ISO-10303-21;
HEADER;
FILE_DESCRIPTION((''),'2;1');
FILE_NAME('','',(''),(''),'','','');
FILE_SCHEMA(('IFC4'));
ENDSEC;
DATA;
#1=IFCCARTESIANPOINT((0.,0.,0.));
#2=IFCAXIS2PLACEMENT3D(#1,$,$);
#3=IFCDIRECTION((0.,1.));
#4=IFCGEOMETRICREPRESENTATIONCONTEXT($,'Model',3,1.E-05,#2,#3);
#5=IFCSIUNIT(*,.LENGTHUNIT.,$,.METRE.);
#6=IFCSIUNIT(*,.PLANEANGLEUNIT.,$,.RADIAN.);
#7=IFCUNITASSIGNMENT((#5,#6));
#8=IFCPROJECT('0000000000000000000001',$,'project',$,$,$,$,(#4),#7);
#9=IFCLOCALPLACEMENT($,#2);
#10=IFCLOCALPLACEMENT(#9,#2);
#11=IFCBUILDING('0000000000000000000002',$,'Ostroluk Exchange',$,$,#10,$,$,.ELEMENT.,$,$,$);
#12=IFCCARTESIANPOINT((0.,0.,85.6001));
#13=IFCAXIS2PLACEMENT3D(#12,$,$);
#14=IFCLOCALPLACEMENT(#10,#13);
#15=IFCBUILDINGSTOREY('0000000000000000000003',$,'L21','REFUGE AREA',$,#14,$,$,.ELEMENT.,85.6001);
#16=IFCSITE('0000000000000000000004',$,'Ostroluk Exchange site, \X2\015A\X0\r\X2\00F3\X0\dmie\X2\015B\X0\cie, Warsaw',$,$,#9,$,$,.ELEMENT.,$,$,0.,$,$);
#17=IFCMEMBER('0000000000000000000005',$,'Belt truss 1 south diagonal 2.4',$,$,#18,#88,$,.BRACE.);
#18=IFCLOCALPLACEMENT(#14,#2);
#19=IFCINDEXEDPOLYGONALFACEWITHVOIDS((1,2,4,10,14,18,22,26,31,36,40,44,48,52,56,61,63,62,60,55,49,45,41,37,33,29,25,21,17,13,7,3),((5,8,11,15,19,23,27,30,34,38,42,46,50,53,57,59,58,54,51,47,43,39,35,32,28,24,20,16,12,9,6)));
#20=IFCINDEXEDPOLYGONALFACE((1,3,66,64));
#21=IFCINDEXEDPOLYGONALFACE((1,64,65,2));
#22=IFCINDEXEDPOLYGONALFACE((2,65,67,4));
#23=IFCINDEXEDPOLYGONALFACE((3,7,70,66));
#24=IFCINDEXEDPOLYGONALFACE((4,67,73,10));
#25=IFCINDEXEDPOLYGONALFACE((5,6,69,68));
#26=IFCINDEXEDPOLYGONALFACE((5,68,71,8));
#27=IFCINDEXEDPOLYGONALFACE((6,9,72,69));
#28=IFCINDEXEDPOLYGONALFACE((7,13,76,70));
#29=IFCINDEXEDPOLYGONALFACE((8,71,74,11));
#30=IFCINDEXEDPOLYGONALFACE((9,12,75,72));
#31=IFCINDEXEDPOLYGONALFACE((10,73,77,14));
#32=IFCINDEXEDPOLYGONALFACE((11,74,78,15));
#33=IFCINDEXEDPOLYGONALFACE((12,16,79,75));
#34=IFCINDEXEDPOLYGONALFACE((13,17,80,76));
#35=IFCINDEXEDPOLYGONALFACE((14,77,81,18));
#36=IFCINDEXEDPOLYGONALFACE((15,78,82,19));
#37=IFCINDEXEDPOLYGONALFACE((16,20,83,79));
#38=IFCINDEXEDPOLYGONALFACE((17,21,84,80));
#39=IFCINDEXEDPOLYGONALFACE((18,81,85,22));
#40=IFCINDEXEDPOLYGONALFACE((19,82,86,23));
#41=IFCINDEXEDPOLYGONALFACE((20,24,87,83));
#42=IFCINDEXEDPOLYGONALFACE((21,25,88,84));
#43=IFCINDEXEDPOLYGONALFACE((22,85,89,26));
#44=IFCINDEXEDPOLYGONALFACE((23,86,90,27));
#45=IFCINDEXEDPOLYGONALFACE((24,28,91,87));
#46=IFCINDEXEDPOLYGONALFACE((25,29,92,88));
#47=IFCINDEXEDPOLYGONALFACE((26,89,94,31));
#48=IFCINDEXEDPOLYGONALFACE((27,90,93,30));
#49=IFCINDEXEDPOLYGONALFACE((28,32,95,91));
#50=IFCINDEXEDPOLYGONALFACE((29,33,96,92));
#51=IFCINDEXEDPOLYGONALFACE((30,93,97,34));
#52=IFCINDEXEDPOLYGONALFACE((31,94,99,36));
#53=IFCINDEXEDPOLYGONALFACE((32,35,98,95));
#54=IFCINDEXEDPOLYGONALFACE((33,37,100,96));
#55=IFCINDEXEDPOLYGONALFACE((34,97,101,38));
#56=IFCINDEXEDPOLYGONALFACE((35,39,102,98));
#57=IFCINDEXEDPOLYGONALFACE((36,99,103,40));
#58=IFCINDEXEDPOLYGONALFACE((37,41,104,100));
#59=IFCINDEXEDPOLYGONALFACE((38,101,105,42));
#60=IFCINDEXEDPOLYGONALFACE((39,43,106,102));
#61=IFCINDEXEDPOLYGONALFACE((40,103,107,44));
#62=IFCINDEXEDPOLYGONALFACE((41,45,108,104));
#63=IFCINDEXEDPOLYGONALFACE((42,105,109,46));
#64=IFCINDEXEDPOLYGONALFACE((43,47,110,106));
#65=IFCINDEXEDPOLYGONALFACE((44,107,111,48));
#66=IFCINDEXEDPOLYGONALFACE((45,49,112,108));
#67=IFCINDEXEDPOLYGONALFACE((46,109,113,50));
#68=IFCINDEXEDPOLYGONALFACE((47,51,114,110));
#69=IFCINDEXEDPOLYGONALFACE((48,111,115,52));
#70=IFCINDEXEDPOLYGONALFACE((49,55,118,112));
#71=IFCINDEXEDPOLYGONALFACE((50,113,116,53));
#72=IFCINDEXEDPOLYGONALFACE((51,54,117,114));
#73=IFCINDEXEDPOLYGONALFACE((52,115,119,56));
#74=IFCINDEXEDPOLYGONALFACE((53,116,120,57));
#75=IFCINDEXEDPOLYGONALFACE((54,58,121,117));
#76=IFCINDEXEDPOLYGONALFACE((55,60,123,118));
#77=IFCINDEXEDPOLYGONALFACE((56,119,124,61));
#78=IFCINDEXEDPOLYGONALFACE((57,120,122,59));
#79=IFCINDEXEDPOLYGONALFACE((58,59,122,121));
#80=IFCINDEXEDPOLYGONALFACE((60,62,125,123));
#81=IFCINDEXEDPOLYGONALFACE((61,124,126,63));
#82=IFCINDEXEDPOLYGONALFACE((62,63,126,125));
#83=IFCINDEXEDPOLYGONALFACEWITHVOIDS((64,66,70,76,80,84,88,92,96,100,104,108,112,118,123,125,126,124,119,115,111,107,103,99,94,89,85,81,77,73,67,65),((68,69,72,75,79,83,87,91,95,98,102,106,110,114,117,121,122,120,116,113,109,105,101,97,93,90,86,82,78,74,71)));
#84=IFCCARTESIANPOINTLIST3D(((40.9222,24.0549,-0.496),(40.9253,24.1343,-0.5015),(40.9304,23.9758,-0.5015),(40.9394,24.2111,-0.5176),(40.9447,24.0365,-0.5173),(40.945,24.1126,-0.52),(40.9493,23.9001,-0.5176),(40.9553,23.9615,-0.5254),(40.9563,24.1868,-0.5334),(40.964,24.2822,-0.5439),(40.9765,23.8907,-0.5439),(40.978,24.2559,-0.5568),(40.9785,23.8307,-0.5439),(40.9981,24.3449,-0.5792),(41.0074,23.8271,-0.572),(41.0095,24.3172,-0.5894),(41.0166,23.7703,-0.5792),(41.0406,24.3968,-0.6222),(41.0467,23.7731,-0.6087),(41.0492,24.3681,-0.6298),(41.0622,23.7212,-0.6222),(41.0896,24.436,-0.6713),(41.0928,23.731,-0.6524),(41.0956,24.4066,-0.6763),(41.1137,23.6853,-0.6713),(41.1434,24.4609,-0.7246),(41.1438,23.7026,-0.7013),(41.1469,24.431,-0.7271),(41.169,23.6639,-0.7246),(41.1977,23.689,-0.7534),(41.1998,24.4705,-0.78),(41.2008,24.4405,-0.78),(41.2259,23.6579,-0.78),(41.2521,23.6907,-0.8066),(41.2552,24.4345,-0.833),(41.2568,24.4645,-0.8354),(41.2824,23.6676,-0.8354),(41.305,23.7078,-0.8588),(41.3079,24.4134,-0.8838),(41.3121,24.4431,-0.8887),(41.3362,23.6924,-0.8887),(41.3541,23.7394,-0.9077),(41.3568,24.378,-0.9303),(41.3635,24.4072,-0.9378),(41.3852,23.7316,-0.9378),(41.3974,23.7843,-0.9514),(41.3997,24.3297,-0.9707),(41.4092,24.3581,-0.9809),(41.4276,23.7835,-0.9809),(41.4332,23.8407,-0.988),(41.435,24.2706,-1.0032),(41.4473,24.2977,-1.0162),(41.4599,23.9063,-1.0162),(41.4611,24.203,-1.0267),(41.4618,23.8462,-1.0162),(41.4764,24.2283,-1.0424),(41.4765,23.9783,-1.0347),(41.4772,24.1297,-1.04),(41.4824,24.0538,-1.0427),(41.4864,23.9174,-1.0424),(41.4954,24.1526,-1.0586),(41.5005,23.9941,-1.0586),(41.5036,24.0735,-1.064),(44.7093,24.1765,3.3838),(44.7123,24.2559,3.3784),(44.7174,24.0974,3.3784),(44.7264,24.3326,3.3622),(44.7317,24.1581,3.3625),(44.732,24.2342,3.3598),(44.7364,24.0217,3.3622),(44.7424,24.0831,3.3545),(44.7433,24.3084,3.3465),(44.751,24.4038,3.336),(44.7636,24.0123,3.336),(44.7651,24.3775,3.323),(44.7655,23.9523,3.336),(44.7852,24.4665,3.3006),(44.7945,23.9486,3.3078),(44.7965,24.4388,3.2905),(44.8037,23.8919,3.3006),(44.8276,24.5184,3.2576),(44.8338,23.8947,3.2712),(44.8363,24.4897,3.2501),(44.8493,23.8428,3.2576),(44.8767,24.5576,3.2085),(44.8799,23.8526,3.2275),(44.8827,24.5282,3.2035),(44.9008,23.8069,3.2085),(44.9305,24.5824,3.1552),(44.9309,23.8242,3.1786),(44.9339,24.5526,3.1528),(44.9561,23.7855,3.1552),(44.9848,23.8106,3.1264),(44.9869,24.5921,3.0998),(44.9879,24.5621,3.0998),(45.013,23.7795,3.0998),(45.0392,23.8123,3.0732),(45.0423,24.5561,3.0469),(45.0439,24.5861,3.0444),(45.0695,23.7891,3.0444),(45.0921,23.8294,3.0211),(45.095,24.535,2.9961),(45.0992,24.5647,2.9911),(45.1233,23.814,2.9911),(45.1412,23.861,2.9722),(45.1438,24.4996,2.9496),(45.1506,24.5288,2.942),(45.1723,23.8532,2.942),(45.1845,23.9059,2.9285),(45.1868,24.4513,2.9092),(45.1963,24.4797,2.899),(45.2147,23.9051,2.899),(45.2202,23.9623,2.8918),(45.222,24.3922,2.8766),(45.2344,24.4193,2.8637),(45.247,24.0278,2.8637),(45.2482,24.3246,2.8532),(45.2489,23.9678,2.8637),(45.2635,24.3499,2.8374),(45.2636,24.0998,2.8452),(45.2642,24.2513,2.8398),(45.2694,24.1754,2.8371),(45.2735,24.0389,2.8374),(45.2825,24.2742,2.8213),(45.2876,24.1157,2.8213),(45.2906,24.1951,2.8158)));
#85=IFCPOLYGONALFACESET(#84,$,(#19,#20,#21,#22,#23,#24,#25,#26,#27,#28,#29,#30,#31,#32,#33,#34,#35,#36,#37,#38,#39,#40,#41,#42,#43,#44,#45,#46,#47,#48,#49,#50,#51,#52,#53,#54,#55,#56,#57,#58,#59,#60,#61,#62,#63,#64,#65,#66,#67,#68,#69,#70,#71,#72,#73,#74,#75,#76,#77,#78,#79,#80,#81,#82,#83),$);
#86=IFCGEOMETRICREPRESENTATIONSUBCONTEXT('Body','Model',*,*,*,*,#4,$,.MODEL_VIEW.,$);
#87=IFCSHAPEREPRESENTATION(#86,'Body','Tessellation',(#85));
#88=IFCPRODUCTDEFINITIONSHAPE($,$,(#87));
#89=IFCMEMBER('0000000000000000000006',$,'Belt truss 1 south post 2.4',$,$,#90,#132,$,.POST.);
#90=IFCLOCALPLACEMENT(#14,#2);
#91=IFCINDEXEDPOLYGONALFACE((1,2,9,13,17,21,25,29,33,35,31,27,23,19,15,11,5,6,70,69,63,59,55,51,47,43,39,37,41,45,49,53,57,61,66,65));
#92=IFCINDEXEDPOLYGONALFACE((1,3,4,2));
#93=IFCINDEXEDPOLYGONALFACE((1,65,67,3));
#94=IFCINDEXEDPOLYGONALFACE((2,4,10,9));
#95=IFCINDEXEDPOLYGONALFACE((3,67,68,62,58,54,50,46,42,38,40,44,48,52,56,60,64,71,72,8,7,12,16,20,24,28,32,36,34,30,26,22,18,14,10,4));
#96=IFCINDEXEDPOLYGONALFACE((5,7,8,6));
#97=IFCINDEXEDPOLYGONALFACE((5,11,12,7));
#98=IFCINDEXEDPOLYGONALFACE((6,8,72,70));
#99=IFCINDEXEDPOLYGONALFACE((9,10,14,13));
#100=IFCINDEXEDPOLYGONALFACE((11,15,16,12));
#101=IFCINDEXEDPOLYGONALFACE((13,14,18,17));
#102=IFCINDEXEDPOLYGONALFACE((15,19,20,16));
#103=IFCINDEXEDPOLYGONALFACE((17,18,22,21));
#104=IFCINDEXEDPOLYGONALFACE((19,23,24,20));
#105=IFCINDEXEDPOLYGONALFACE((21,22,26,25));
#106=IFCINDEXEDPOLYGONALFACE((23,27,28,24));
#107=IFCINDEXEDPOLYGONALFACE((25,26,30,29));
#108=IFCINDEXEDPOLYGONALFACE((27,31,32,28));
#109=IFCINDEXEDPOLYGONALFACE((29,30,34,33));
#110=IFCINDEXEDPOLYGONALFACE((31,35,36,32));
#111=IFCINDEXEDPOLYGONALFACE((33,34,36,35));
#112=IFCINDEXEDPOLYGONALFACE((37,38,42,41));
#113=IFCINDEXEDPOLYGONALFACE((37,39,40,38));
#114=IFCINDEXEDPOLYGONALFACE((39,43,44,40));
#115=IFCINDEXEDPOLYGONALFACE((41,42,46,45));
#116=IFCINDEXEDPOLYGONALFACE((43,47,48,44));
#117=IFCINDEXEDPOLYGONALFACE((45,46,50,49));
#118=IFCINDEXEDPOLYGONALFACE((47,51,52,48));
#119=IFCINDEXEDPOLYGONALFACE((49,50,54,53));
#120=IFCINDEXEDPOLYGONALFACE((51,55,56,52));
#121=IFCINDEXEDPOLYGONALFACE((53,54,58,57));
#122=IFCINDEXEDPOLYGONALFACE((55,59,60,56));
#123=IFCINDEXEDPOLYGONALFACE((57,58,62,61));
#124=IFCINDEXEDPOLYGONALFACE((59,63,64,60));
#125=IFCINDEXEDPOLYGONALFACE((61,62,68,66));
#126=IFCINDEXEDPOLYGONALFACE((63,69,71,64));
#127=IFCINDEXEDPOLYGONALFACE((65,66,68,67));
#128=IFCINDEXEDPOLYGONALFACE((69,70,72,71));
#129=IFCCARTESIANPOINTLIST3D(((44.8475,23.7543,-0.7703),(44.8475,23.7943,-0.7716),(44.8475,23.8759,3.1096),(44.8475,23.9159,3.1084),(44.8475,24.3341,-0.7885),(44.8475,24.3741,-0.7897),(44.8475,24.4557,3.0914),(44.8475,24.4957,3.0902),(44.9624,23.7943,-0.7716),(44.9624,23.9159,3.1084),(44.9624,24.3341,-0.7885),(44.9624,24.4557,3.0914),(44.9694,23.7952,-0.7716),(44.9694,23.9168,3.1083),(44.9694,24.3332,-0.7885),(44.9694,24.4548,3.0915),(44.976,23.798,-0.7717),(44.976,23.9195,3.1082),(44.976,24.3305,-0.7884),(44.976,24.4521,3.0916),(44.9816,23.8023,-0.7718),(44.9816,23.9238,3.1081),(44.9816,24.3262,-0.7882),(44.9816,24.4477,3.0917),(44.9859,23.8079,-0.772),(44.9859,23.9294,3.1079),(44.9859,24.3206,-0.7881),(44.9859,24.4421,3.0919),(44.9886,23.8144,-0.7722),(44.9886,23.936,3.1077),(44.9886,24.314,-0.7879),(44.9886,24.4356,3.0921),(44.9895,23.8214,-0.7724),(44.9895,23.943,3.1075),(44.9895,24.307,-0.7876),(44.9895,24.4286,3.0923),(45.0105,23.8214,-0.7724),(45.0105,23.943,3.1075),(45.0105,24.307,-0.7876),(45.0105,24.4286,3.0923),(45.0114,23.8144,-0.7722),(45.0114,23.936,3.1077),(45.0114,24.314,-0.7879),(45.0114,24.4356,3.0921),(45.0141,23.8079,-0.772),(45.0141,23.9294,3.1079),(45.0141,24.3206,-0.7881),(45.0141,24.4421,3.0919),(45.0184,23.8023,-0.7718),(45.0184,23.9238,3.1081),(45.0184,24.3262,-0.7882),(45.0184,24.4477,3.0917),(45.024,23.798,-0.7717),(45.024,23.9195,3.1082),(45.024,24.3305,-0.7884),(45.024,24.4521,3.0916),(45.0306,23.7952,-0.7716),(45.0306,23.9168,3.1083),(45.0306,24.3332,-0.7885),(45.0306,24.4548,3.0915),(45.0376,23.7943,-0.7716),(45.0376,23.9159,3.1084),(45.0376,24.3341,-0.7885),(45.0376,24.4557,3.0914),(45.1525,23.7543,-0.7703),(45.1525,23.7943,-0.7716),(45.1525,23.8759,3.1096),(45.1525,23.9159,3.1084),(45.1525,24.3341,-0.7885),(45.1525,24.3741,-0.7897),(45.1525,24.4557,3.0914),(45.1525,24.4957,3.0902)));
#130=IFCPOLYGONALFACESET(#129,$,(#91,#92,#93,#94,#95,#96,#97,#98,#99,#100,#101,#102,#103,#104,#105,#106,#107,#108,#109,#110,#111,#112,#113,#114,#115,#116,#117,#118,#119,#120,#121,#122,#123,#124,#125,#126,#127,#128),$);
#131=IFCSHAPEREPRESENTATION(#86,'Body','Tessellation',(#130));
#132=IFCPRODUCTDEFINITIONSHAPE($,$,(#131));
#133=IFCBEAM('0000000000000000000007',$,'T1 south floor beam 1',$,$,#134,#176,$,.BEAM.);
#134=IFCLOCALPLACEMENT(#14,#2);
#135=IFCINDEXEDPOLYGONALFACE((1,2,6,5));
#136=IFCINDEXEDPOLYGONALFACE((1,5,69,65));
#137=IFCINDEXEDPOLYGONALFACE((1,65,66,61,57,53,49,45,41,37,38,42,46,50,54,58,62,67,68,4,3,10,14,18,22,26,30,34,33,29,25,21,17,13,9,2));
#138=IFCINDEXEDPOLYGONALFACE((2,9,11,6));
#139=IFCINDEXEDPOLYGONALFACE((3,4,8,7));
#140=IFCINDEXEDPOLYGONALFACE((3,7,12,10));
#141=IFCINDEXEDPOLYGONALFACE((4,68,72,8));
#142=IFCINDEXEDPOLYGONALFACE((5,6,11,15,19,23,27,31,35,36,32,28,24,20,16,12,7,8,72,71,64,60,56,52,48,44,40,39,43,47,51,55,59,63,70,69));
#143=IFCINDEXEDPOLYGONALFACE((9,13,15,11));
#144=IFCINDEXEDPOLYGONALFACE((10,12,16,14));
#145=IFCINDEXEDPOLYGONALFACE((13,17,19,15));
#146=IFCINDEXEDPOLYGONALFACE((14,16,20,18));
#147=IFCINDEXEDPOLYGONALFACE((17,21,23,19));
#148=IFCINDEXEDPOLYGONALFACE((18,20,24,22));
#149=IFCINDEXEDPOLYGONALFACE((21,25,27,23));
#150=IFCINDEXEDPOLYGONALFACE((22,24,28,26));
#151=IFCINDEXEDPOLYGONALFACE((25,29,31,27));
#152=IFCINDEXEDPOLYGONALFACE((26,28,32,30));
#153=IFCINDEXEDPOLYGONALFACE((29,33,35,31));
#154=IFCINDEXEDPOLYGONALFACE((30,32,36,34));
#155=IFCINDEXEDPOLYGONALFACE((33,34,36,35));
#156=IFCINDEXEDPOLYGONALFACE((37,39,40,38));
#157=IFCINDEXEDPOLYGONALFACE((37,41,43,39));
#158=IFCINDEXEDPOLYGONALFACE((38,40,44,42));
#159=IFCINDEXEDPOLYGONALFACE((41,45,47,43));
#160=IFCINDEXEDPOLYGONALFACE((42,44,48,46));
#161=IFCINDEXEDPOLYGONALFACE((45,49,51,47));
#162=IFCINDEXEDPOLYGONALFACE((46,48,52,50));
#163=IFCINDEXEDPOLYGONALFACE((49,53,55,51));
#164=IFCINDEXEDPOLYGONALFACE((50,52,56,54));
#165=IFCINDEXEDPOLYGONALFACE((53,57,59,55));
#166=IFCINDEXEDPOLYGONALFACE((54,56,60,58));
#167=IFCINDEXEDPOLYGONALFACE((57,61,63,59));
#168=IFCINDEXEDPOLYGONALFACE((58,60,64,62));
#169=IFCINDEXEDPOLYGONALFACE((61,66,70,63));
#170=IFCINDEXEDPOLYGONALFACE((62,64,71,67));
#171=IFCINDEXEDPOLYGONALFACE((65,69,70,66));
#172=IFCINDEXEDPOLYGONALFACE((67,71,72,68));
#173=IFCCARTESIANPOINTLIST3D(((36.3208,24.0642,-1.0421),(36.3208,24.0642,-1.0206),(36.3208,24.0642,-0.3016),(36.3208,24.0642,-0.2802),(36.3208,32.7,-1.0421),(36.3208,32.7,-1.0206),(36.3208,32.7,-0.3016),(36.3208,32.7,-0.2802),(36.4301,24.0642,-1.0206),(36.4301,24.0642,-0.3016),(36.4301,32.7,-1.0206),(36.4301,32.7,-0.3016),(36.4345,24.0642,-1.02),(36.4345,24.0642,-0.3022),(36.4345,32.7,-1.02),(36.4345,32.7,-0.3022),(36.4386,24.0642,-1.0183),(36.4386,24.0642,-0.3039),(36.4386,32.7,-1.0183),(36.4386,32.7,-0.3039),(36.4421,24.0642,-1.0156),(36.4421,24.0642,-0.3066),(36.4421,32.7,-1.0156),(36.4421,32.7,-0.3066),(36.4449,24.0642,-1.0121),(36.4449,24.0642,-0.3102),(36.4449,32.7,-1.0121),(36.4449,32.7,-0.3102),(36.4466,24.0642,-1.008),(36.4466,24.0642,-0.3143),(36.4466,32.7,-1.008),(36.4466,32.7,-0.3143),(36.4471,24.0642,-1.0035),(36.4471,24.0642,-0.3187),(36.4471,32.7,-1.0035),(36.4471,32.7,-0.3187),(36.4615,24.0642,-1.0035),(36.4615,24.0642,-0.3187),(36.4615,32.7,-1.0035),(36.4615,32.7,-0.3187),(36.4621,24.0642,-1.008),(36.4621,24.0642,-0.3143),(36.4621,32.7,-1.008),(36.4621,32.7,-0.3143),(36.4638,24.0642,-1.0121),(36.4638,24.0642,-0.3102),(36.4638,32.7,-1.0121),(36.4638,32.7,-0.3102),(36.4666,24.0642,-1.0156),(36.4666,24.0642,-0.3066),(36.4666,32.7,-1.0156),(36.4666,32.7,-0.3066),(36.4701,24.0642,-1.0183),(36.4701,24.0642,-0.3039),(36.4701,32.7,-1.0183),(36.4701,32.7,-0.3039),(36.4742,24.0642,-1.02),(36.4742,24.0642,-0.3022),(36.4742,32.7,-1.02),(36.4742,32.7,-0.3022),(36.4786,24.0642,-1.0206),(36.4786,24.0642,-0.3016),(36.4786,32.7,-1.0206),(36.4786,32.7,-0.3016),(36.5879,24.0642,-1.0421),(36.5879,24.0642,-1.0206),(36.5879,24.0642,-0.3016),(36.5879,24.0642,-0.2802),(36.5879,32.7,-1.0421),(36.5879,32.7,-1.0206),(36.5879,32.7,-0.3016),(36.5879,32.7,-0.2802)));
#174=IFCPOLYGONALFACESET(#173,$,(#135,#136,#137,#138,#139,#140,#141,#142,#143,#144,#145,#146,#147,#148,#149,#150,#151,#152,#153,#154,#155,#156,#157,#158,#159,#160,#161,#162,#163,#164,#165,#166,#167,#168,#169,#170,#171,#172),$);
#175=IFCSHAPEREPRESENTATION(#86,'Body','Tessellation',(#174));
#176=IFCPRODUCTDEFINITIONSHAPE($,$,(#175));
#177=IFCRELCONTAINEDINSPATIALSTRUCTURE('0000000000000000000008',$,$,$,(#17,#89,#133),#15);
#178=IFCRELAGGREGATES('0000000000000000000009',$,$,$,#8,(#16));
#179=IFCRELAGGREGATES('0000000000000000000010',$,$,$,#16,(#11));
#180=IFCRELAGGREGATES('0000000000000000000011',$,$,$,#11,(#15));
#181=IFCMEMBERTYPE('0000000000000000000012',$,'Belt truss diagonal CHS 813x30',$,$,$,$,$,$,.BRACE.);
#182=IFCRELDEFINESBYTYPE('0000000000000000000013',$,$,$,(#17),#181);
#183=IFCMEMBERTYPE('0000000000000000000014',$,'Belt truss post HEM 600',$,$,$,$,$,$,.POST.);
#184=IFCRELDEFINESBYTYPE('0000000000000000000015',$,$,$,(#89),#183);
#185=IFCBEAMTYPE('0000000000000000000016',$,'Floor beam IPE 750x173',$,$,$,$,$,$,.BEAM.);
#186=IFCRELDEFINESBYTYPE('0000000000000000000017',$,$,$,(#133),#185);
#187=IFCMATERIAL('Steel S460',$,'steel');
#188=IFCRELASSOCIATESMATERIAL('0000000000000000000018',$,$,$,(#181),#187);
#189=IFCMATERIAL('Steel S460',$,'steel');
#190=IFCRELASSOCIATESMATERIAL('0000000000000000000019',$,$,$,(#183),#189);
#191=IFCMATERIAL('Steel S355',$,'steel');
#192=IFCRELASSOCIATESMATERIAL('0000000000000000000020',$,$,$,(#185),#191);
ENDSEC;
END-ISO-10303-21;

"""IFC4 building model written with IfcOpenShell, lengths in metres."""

from ifc_helpers import new_model, si_unit, direction, frame, origin, origin_2d, place, context, subcontext, project, spatial, hollow_circle, i_section, extrude, material, material_profile, profile_set, type_object, element, save


model = new_model("IFC4")

# Units and contexts
model_context = context("Model", 3, precision=1e-05, world=origin(), true_north=direction((0.0, 1.0)))
body_context = subcontext(model_context, "Body", "Model", "MODEL_VIEW")
ifc_project = project(units=[si_unit("LENGTHUNIT", "METRE"), si_unit("PLANEANGLEUNIT", "RADIAN")], contexts=[model_context])

# Site, building, storey
site_placement = place(None, origin())
site = spatial("IfcSite", under=ifc_project, at=site_placement, Name="Ostroluk Exchange site, Śródmieście, Warsaw", CompositionType="ELEMENT", RefElevation=0.0)
building_placement = place(site_placement, origin())
building = spatial("IfcBuilding", under=site, at=building_placement, Name="Ostroluk Exchange", CompositionType="ELEMENT")
storey_placement = place(building_placement, frame((0.0, 0.0, 85.6001)))
storey = spatial("IfcBuildingStorey", under=building, at=storey_placement, Name="L21", Description="REFUGE AREA", CompositionType="ELEMENT", Elevation=85.6001)

# Members
ifc_material_1 = material(Name="Steel S460", Category="steel")
ifc_material_profile_1 = material_profile(ifc_material_1, hollow_circle(Radius=0.4065, WallThickness=0.03, at=origin_2d()), Name="CHS 813x30")
ifc_profile_set_1 = profile_set([ifc_material_profile_1], Name="Steel S460")
member_type_1 = type_object("IfcMemberType", Name="Belt truss diagonal CHS 813x30", PredefinedType="BRACE", material=ifc_profile_set_1)
member_1_placement = place(storey_placement, frame((41.2129, 24.0642, -0.78), z_axis=(0.698324, 0.022419, 0.715431), x_axis=(-0.032088, 0.999485, 0.0)))
element("IfcMember", 1, at=member_1_placement, inside=storey, type_object=member_type_1, Name="Belt truss 1 south diagonal 2.4", PredefinedType="BRACE", context=body_context, shape_type="SweptSolid", body=[
    extrude(hollow_circle(Radius=0.4065, WallThickness=0.03, at=origin_2d()), origin(), (0.0, 0.0, 1.0), 5.4231),
])
ifc_material_2 = material(Name="Steel S460", Category="steel")
ifc_material_profile_2 = material_profile(ifc_material_2, i_section(OverallWidth=0.3049, OverallDepth=0.6201, WebThickness=0.021, FlangeThickness=0.04, FilletRadius=0.0271, at=origin_2d()), Name="HEM 600")
ifc_profile_set_2 = profile_set([ifc_material_profile_2], Name="Steel S460")
member_type_2 = type_object("IfcMemberType", Name="Belt truss post HEM 600", PredefinedType="POST", material=ifc_profile_set_2)
member_2_placement = place(storey_placement, frame((45.0, 24.0642, -0.78), z_axis=(0.0, 0.031321, 0.999509), x_axis=(-1.0, 0.0, 0.0)))
element("IfcMember", 2, at=member_2_placement, inside=storey, type_object=member_type_2, Name="Belt truss 1 south post 2.4", PredefinedType="POST", context=body_context, shape_type="SweptSolid", body=[
    extrude(i_section(OverallWidth=0.3049, OverallDepth=0.6201, WebThickness=0.021, FlangeThickness=0.04, FilletRadius=0.0271, at=origin_2d()), origin(), (0.0, 0.0, 1.0), 3.8818),
])

# Beam
ifc_material_3 = material(Name="Steel S355", Category="steel")
ifc_material_profile_3 = material_profile(ifc_material_3, i_section(OverallWidth=0.2671, OverallDepth=0.762, WebThickness=0.0144, FlangeThickness=0.0215, FilletRadius=0.0171, at=origin_2d()), Name="IPE 750x173")
ifc_profile_set_3 = profile_set([ifc_material_profile_3], Name="Steel S355")
beam_type = type_object("IfcBeamType", Name="Floor beam IPE 750x173", PredefinedType="BEAM", material=ifc_profile_set_3)
for number, where, z_axis, x_axis, name in (
    (3, (36.4543, 32.7, -0.6611), (0.0, -1.0, 0.0), (1.0, 0.0, 0.0), "T1 south floor beam 1"),
):
    element("IfcBeam", number, at=place(storey_placement, frame(where, z_axis=z_axis, x_axis=x_axis)), inside=storey, type_object=beam_type, Name=name, PredefinedType="BEAM", context=body_context, shape_type="SweptSolid", body=[
        extrude(i_section(OverallWidth=0.2671, OverallDepth=0.762, WebThickness=0.0144, FlangeThickness=0.0215, FilletRadius=0.0171, at=origin_2d()), origin(), (0.0, 0.0, 1.0), 8.6357),
    ])

save(model, "model.ifc")
